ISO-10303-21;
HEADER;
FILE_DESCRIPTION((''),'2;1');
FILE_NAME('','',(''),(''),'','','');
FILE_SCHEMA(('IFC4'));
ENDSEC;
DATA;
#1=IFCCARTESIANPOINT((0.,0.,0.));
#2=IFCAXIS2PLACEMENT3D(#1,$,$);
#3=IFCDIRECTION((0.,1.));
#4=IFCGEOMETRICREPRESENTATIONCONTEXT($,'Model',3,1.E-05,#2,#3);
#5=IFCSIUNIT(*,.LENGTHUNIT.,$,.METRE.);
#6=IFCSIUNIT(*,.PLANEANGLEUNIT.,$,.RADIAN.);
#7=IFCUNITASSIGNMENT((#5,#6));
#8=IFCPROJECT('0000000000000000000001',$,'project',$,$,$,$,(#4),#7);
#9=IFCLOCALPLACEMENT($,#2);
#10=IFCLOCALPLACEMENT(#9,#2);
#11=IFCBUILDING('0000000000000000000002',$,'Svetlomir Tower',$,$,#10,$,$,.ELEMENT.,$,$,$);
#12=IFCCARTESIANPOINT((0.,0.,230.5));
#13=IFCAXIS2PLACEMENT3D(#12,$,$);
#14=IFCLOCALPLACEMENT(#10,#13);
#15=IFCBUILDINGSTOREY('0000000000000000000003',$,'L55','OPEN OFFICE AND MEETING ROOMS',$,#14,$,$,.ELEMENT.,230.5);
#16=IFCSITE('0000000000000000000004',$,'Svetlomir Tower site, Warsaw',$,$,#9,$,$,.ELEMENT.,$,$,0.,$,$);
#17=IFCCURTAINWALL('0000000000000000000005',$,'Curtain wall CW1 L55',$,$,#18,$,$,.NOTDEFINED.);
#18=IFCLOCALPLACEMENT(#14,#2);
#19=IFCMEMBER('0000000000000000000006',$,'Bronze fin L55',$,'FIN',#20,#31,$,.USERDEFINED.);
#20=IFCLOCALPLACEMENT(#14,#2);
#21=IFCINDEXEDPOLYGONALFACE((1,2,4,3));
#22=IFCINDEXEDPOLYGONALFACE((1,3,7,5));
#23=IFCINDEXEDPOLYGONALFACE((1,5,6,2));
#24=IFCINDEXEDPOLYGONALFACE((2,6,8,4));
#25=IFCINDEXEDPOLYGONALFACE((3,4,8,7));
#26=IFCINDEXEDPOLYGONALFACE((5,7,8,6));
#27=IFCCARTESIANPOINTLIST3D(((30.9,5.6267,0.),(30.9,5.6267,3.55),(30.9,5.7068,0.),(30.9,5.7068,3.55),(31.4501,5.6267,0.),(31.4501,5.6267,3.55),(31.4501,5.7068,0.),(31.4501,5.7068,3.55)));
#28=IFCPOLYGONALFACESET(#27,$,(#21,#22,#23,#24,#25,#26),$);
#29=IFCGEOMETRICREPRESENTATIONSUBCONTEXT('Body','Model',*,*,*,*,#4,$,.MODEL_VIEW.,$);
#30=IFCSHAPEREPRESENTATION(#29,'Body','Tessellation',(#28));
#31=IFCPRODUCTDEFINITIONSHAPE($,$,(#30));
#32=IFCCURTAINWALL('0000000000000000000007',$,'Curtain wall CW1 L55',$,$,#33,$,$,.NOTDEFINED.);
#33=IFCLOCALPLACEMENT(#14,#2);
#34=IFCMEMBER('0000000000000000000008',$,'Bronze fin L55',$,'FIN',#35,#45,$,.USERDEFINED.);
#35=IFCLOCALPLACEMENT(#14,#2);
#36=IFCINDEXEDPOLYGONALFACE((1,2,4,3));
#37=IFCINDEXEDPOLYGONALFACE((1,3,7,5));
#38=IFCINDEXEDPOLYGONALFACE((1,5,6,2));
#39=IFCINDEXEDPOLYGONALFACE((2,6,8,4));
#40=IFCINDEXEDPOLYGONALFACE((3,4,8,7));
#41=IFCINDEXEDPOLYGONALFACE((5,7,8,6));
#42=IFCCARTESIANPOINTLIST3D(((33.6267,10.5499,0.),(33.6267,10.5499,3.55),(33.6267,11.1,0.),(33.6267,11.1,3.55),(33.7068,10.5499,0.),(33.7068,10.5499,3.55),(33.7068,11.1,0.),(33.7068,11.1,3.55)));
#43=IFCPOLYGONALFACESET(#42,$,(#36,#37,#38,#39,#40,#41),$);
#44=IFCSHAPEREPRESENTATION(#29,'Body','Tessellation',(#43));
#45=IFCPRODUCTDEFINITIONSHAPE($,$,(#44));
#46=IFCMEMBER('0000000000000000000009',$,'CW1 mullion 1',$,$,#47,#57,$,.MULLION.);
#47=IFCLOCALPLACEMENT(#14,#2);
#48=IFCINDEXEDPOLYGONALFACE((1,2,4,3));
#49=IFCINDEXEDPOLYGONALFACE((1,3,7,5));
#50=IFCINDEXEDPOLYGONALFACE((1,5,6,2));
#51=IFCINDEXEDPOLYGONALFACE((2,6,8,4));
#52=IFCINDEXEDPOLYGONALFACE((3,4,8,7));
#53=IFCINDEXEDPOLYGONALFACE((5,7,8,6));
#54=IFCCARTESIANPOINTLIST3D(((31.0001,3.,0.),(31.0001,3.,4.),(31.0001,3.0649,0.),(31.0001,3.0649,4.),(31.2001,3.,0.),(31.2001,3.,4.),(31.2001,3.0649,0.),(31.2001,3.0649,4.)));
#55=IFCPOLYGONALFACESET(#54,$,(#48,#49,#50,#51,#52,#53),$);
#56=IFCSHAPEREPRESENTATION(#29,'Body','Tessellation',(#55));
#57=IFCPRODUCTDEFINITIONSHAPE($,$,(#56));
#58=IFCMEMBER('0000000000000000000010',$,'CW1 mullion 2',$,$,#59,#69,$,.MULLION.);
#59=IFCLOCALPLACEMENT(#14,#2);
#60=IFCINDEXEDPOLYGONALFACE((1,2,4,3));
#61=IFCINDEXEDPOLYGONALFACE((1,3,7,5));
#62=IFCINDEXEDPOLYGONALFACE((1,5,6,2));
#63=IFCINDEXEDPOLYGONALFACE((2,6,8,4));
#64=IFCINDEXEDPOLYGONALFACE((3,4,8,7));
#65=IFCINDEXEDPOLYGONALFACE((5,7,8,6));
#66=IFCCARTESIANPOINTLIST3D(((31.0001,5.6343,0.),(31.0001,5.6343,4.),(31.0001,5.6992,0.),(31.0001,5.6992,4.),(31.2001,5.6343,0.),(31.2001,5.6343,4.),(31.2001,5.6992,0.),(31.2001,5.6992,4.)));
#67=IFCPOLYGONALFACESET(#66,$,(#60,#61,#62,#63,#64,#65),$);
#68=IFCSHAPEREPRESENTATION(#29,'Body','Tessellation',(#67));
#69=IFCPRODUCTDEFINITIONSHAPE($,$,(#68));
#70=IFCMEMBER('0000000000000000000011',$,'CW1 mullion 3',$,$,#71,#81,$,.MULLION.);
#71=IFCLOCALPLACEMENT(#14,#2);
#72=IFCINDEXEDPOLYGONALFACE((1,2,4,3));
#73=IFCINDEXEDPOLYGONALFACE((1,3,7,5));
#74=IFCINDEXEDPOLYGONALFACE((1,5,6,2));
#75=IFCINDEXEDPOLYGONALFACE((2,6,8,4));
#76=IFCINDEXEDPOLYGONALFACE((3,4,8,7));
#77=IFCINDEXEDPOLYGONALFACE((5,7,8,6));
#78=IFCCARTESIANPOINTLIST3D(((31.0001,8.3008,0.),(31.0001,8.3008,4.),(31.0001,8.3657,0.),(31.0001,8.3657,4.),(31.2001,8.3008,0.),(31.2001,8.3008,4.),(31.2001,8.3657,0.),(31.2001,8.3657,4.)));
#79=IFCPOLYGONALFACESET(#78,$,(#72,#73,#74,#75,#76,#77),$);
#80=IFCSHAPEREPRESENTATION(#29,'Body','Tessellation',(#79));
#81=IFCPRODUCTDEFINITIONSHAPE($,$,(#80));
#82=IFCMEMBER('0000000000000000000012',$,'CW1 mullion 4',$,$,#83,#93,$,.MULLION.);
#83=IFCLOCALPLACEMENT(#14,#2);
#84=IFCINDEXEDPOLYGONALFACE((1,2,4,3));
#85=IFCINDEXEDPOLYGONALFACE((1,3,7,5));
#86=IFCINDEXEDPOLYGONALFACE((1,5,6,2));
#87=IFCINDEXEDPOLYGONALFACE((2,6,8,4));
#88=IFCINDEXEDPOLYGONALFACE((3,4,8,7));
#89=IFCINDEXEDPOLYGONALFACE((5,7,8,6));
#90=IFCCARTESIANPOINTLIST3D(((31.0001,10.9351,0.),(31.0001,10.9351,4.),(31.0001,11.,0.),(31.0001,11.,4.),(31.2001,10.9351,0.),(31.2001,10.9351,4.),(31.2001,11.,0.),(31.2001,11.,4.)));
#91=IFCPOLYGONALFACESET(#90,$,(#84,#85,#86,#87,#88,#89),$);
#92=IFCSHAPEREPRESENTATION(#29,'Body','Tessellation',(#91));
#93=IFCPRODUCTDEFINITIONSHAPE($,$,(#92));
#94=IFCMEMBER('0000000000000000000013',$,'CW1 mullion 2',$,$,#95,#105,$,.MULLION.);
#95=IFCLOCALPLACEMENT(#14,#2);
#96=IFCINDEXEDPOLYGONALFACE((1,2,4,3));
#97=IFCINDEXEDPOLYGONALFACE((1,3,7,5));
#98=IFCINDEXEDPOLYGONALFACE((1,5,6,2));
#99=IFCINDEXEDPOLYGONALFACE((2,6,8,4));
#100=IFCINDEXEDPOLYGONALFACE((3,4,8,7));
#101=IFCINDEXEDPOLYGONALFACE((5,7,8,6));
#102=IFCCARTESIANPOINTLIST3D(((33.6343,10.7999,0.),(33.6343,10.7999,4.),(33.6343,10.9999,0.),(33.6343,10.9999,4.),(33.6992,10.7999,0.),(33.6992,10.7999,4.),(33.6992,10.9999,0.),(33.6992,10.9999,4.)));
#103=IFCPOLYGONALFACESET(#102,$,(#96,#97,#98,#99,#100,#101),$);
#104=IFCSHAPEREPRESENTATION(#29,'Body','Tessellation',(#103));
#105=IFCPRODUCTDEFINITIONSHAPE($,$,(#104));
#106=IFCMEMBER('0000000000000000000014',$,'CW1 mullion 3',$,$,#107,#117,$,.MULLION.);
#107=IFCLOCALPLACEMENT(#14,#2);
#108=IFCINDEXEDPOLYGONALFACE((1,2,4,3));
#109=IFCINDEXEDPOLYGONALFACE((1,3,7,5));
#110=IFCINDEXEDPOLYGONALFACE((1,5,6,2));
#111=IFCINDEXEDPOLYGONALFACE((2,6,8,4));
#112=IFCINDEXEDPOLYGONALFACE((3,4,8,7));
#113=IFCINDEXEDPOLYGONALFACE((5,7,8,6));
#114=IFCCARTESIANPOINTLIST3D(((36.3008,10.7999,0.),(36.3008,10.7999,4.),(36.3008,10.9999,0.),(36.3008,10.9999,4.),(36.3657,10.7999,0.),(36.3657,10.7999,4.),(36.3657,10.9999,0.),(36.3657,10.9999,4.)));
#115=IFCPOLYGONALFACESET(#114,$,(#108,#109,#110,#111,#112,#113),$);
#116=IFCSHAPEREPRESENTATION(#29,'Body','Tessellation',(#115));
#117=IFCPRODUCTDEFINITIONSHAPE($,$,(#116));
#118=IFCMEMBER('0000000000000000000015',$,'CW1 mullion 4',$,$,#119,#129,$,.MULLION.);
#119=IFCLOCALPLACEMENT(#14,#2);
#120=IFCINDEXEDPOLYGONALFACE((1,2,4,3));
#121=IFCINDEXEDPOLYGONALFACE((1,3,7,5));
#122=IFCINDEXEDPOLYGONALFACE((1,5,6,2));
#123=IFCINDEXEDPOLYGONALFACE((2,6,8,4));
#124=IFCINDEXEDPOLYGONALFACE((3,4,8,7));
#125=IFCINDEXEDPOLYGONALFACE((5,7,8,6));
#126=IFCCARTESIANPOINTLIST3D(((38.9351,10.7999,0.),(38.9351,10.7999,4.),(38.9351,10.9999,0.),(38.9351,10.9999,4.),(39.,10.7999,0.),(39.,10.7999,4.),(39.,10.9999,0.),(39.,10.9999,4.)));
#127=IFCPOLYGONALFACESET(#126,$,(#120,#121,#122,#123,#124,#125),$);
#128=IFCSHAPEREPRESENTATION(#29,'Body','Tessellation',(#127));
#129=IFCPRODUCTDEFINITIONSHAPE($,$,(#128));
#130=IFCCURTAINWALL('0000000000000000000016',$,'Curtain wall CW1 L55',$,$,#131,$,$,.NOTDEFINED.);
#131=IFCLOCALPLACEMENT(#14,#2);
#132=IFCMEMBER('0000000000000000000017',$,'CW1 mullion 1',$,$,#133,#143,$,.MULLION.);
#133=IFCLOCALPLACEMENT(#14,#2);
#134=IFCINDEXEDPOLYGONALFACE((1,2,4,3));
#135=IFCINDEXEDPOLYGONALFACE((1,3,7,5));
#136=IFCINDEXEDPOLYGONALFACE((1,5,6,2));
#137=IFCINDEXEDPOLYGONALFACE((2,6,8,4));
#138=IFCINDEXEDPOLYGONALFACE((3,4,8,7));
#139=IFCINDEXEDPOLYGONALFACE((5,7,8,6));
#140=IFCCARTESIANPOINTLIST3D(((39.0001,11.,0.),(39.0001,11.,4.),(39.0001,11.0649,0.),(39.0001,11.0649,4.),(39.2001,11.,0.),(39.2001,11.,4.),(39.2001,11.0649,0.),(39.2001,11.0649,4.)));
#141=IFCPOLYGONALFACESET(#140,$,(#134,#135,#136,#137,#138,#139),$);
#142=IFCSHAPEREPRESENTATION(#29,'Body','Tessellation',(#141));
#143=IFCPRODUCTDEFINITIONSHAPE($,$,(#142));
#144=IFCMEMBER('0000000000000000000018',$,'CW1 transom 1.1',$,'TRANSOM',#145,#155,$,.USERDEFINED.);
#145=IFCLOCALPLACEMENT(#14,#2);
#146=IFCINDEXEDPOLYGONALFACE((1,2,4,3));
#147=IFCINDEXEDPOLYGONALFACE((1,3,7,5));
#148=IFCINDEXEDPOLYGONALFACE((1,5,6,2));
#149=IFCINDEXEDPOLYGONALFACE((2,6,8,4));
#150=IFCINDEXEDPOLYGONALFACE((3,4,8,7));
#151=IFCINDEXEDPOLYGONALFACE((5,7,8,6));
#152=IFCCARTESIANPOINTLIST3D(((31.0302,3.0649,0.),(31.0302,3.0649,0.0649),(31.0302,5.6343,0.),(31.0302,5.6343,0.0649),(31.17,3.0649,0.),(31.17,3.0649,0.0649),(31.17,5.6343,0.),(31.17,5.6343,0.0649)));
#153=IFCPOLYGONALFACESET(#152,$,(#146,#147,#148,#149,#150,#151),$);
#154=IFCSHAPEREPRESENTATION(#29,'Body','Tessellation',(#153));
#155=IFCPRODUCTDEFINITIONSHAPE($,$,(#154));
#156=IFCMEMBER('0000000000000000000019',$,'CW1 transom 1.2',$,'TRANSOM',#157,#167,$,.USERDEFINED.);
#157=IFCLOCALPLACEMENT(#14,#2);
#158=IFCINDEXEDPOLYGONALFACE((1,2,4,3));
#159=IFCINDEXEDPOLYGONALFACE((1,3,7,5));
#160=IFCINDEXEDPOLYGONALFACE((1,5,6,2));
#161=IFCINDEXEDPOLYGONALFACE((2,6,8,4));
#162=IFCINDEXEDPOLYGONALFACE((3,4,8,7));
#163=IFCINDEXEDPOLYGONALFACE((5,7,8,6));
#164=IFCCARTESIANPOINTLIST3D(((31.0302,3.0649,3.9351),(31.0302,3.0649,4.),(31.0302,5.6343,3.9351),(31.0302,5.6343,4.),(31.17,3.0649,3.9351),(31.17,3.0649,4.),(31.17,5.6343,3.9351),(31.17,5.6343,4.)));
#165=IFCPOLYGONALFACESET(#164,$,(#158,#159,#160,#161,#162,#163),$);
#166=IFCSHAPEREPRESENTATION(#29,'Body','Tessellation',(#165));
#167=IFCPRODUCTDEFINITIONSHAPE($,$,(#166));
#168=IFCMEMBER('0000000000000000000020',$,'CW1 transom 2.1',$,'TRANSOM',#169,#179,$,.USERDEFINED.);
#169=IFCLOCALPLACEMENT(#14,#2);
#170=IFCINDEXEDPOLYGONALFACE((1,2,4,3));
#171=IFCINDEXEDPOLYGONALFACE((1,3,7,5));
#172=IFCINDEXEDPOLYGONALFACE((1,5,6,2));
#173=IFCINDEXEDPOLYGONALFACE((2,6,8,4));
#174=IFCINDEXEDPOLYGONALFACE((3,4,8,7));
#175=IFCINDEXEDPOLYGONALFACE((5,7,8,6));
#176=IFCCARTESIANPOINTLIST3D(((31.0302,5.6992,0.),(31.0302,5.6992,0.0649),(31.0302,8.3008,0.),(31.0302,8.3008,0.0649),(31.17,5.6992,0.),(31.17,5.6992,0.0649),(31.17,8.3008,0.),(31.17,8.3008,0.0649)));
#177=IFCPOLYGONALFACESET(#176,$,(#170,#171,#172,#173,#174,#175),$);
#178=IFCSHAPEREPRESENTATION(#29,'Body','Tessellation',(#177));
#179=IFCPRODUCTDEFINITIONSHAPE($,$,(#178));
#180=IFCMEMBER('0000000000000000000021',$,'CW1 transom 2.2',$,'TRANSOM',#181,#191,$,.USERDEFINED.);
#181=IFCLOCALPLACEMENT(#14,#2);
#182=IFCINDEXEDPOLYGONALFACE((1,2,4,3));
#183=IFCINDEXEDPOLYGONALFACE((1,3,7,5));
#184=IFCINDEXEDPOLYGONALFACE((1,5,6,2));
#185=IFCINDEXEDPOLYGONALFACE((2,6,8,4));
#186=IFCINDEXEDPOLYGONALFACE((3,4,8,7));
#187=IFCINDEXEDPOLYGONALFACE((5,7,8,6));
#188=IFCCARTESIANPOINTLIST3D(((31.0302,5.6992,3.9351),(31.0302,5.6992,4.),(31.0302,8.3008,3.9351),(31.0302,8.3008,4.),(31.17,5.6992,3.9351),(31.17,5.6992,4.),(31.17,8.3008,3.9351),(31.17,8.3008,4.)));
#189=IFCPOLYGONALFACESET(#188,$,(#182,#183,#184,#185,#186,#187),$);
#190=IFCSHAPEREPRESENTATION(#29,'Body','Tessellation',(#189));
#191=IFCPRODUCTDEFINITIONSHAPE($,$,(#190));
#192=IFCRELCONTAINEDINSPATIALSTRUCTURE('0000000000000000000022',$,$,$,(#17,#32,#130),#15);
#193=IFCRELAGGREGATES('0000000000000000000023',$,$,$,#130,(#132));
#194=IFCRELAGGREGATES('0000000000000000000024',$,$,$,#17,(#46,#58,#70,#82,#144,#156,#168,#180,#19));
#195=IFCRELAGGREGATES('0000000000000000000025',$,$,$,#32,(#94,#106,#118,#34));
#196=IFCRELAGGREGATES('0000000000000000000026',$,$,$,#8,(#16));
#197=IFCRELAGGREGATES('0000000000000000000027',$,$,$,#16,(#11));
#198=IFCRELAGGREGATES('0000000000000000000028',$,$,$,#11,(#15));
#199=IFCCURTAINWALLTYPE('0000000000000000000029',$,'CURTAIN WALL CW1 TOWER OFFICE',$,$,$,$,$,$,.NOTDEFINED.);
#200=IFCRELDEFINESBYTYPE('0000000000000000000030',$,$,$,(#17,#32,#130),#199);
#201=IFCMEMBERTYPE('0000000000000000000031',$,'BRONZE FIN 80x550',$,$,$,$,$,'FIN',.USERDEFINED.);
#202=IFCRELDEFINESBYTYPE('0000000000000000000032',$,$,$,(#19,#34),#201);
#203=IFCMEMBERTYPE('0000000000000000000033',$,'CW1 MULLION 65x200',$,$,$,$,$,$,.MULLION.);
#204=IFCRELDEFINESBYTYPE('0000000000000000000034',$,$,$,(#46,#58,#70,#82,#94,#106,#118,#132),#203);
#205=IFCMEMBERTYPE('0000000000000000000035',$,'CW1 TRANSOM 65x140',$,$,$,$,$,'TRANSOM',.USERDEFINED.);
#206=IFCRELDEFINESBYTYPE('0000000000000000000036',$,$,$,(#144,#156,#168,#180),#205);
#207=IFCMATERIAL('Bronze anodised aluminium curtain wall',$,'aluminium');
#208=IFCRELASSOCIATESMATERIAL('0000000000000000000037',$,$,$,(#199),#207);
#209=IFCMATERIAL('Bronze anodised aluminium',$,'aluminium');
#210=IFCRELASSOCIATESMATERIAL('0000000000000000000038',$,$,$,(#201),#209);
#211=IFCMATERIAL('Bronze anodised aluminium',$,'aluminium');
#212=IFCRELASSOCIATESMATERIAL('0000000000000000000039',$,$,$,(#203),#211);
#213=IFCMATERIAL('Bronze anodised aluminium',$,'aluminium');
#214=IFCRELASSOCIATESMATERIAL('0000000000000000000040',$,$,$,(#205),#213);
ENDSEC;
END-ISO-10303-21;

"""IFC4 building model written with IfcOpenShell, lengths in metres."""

from ifc_helpers import new_model, si_unit, direction, frame, origin, origin_2d, place, context, subcontext, project, spatial, rectangle, extrude, material, material_profile, profile_set, type_object, element, aggregate, save


model = new_model("IFC4")

# Units and contexts
model_context = context("Model", 3, precision=1e-05, world=origin(), true_north=direction((0.0, 1.0)))
body_context = subcontext(model_context, "Body", "Model", "MODEL_VIEW")
ifc_project = project(units=[si_unit("LENGTHUNIT", "METRE"), si_unit("PLANEANGLEUNIT", "RADIAN")], contexts=[model_context])

# Site, building, storey
site_placement = place(None, origin())
site = spatial("IfcSite", under=ifc_project, at=site_placement, Name="Svetlomir Tower site, Warsaw", CompositionType="ELEMENT", RefElevation=0.0)
building_placement = place(site_placement, origin())
building = spatial("IfcBuilding", under=site, at=building_placement, Name="Svetlomir Tower", CompositionType="ELEMENT")
storey_placement = place(building_placement, frame((0.0, 0.0, 230.5)))
storey = spatial("IfcBuildingStorey", under=building, at=storey_placement, Name="L55", Description="OPEN OFFICE AND MEETING ROOMS", CompositionType="ELEMENT", Elevation=230.5)

# Curtain walls, members
ifc_material_1 = material(Name="Bronze anodised aluminium curtain wall", Category="aluminium")
curtain_wall_type = type_object("IfcCurtainWallType", Name="CURTAIN WALL CW1 TOWER OFFICE", PredefinedType="NOTDEFINED", material=ifc_material_1)
curtain_wall_1_placement = place(storey_placement, origin())
curtain_wall_1 = element("IfcCurtainWall", 1, at=curtain_wall_1_placement, inside=storey, type_object=curtain_wall_type, Name="Curtain wall CW1 L55", PredefinedType="NOTDEFINED")
ifc_material_2 = material(Name="Bronze anodised aluminium", Category="aluminium")
ifc_material_profile_1 = material_profile(ifc_material_2, rectangle(XDim=0.0801, YDim=0.55, at=origin_2d()), Name="FIN 80x550")
ifc_profile_set_1 = profile_set([ifc_material_profile_1], Name="Bronze anodised aluminium 6063-T6")
member_type_1 = type_object("IfcMemberType", Name="BRONZE FIN 80x550", ElementType="FIN", PredefinedType="USERDEFINED", material=ifc_profile_set_1)
member_1_placement = place(storey_placement, frame((31.175, 5.6667, 0.0), z_axis=(0.0, 0.0, 1.0), x_axis=(0.0, 1.0, 0.0)))
member_1 = element("IfcMember", 2, at=member_1_placement, type_object=member_type_1, Name="Bronze fin L55", ObjectType="FIN", PredefinedType="USERDEFINED", context=body_context, shape_type="SweptSolid", body=[
    extrude(rectangle(XDim=0.0801, YDim=0.55, at=origin_2d()), origin(), (0.0, 0.0, 1.0), 3.55),
])
curtain_wall_2_placement = place(storey_placement, origin())
curtain_wall_2 = element("IfcCurtainWall", 3, at=curtain_wall_2_placement, inside=storey, type_object=curtain_wall_type, Name="Curtain wall CW1 L55", PredefinedType="NOTDEFINED")
member_2_placement = place(storey_placement, frame((33.6667, 10.825, 0.0), z_axis=(0.0, 0.0, 1.0), x_axis=(1.0, 0.0, 0.0)))
member_2 = element("IfcMember", 4, at=member_2_placement, type_object=member_type_1, Name="Bronze fin L55", ObjectType="FIN", PredefinedType="USERDEFINED", context=body_context, shape_type="SweptSolid", body=[
    extrude(rectangle(XDim=0.0801, YDim=0.55, at=origin_2d()), origin(), (0.0, 0.0, 1.0), 3.55),
])

# Members
ifc_material_3 = material(Name="Bronze anodised aluminium", Category="aluminium")
ifc_material_profile_2 = material_profile(ifc_material_3, rectangle(XDim=0.0649, YDim=0.2, at=origin_2d()), Name="AL 65x200")
ifc_profile_set_2 = profile_set([ifc_material_profile_2], Name="Bronze anodised aluminium 6063-T6")
member_type_2 = type_object("IfcMemberType", Name="CW1 MULLION 65x200", PredefinedType="MULLION", material=ifc_profile_set_2)
member_3_placement = place(storey_placement, frame((31.1001, 3.0325, 0.0), z_axis=(0.0, 0.0, 1.0), x_axis=(0.0, 1.0, 0.0)))
member_3 = element("IfcMember", 5, at=member_3_placement, type_object=member_type_2, Name="CW1 mullion 1", PredefinedType="MULLION", context=body_context, shape_type="SweptSolid", body=[
    extrude(rectangle(XDim=0.0649, YDim=0.2, at=origin_2d()), origin(), (0.0, 0.0, 1.0), 4.0),
])
member_4_placement = place(storey_placement, frame((31.1001, 5.6667, 0.0), z_axis=(0.0, 0.0, 1.0), x_axis=(0.0, 1.0, 0.0)))
member_4 = element("IfcMember", 6, at=member_4_placement, type_object=member_type_2, Name="CW1 mullion 2", PredefinedType="MULLION", context=body_context, shape_type="SweptSolid", body=[
    extrude(rectangle(XDim=0.0649, YDim=0.2, at=origin_2d()), origin(), (0.0, 0.0, 1.0), 4.0),
])
member_5_placement = place(storey_placement, frame((31.1001, 8.3333, 0.0), z_axis=(0.0, 0.0, 1.0), x_axis=(0.0, 1.0, 0.0)))
member_5 = element("IfcMember", 7, at=member_5_placement, type_object=member_type_2, Name="CW1 mullion 3", PredefinedType="MULLION", context=body_context, shape_type="SweptSolid", body=[
    extrude(rectangle(XDim=0.0649, YDim=0.2, at=origin_2d()), origin(), (0.0, 0.0, 1.0), 4.0),
])
member_6_placement = place(storey_placement, frame((31.1001, 10.9675, 0.0), z_axis=(0.0, 0.0, 1.0), x_axis=(0.0, 1.0, 0.0)))
member_6 = element("IfcMember", 8, at=member_6_placement, type_object=member_type_2, Name="CW1 mullion 4", PredefinedType="MULLION", context=body_context, shape_type="SweptSolid", body=[
    extrude(rectangle(XDim=0.0649, YDim=0.2, at=origin_2d()), origin(), (0.0, 0.0, 1.0), 4.0),
])
member_7_placement = place(storey_placement, frame((33.6667, 10.8999, 0.0), z_axis=(0.0, 0.0, 1.0), x_axis=(1.0, 0.0, 0.0)))
member_7 = element("IfcMember", 9, at=member_7_placement, type_object=member_type_2, Name="CW1 mullion 2", PredefinedType="MULLION", context=body_context, shape_type="SweptSolid", body=[
    extrude(rectangle(XDim=0.0649, YDim=0.2, at=origin_2d()), origin(), (0.0, 0.0, 1.0), 4.0),
])
member_8_placement = place(storey_placement, frame((36.3333, 10.8999, 0.0), z_axis=(0.0, 0.0, 1.0), x_axis=(1.0, 0.0, 0.0)))
member_8 = element("IfcMember", 10, at=member_8_placement, type_object=member_type_2, Name="CW1 mullion 3", PredefinedType="MULLION", context=body_context, shape_type="SweptSolid", body=[
    extrude(rectangle(XDim=0.0649, YDim=0.2, at=origin_2d()), origin(), (0.0, 0.0, 1.0), 4.0),
])
member_9_placement = place(storey_placement, frame((38.9675, 10.8999, 0.0), z_axis=(0.0, 0.0, 1.0), x_axis=(1.0, 0.0, 0.0)))
member_9 = element("IfcMember", 11, at=member_9_placement, type_object=member_type_2, Name="CW1 mullion 4", PredefinedType="MULLION", context=body_context, shape_type="SweptSolid", body=[
    extrude(rectangle(XDim=0.0649, YDim=0.2, at=origin_2d()), origin(), (0.0, 0.0, 1.0), 4.0),
])

# Curtain wall, member
curtain_wall_3_placement = place(storey_placement, origin())
curtain_wall_3 = element("IfcCurtainWall", 12, at=curtain_wall_3_placement, inside=storey, type_object=curtain_wall_type, Name="Curtain wall CW1 L55", PredefinedType="NOTDEFINED")
member_10_placement = place(storey_placement, frame((39.1001, 11.0325, 0.0), z_axis=(0.0, 0.0, 1.0), x_axis=(0.0, 1.0, 0.0)))
member_10 = element("IfcMember", 13, at=member_10_placement, type_object=member_type_2, Name="CW1 mullion 1", PredefinedType="MULLION", context=body_context, shape_type="SweptSolid", body=[
    extrude(rectangle(XDim=0.0649, YDim=0.2, at=origin_2d()), origin(), (0.0, 0.0, 1.0), 4.0),
])

# Members
ifc_material_4 = material(Name="Bronze anodised aluminium", Category="aluminium")
ifc_material_profile_3 = material_profile(ifc_material_4, rectangle(XDim=0.1399, YDim=0.0649, at=origin_2d()), Name="AL 140x65")
ifc_profile_set_3 = profile_set([ifc_material_profile_3], Name="Bronze anodised aluminium 6063-T6")
member_type_3 = type_object("IfcMemberType", Name="CW1 TRANSOM 65x140", ElementType="TRANSOM", PredefinedType="USERDEFINED", material=ifc_profile_set_3)
member_11_placement = place(storey_placement, frame((31.1001, 3.0649, 0.0325), z_axis=(0.0, 1.0, 0.0), x_axis=(-1.0, 0.0, 0.0)))
member_11 = element("IfcMember", 14, at=member_11_placement, type_object=member_type_3, Name="CW1 transom 1.1", ObjectType="TRANSOM", PredefinedType="USERDEFINED", context=body_context, shape_type="SweptSolid", body=[
    extrude(rectangle(XDim=0.1399, YDim=0.0649, at=origin_2d()), origin(), (0.0, 0.0, 1.0), 2.5693),
])
member_12_placement = place(storey_placement, frame((31.1001, 3.0649, 3.9675), z_axis=(0.0, 1.0, 0.0), x_axis=(-1.0, 0.0, 0.0)))
member_12 = element("IfcMember", 15, at=member_12_placement, type_object=member_type_3, Name="CW1 transom 1.2", ObjectType="TRANSOM", PredefinedType="USERDEFINED", context=body_context, shape_type="SweptSolid", body=[
    extrude(rectangle(XDim=0.1399, YDim=0.0649, at=origin_2d()), origin(), (0.0, 0.0, 1.0), 2.5693),
])
member_13_placement = place(storey_placement, frame((31.1001, 5.6992, 0.0325), z_axis=(0.0, 1.0, 0.0), x_axis=(-1.0, 0.0, 0.0)))
member_13 = element("IfcMember", 16, at=member_13_placement, type_object=member_type_3, Name="CW1 transom 2.1", ObjectType="TRANSOM", PredefinedType="USERDEFINED", context=body_context, shape_type="SweptSolid", body=[
    extrude(rectangle(XDim=0.1399, YDim=0.0649, at=origin_2d()), origin(), (0.0, 0.0, 1.0), 2.6016),
])
member_14_placement = place(storey_placement, frame((31.1001, 5.6992, 3.9675), z_axis=(0.0, 1.0, 0.0), x_axis=(-1.0, 0.0, 0.0)))
member_14 = element("IfcMember", 17, at=member_14_placement, type_object=member_type_3, Name="CW1 transom 2.2", ObjectType="TRANSOM", PredefinedType="USERDEFINED", context=body_context, shape_type="SweptSolid", body=[
    extrude(rectangle(XDim=0.1399, YDim=0.0649, at=origin_2d()), origin(), (0.0, 0.0, 1.0), 2.6016),
])
aggregate(curtain_wall_3, [member_10])

aggregate(curtain_wall_1, [member_3, member_4, member_5, member_6, member_11, member_12, member_13, member_14, member_1])
aggregate(curtain_wall_2, [member_7, member_8, member_9, member_2])

save(model, "model.ifc")
